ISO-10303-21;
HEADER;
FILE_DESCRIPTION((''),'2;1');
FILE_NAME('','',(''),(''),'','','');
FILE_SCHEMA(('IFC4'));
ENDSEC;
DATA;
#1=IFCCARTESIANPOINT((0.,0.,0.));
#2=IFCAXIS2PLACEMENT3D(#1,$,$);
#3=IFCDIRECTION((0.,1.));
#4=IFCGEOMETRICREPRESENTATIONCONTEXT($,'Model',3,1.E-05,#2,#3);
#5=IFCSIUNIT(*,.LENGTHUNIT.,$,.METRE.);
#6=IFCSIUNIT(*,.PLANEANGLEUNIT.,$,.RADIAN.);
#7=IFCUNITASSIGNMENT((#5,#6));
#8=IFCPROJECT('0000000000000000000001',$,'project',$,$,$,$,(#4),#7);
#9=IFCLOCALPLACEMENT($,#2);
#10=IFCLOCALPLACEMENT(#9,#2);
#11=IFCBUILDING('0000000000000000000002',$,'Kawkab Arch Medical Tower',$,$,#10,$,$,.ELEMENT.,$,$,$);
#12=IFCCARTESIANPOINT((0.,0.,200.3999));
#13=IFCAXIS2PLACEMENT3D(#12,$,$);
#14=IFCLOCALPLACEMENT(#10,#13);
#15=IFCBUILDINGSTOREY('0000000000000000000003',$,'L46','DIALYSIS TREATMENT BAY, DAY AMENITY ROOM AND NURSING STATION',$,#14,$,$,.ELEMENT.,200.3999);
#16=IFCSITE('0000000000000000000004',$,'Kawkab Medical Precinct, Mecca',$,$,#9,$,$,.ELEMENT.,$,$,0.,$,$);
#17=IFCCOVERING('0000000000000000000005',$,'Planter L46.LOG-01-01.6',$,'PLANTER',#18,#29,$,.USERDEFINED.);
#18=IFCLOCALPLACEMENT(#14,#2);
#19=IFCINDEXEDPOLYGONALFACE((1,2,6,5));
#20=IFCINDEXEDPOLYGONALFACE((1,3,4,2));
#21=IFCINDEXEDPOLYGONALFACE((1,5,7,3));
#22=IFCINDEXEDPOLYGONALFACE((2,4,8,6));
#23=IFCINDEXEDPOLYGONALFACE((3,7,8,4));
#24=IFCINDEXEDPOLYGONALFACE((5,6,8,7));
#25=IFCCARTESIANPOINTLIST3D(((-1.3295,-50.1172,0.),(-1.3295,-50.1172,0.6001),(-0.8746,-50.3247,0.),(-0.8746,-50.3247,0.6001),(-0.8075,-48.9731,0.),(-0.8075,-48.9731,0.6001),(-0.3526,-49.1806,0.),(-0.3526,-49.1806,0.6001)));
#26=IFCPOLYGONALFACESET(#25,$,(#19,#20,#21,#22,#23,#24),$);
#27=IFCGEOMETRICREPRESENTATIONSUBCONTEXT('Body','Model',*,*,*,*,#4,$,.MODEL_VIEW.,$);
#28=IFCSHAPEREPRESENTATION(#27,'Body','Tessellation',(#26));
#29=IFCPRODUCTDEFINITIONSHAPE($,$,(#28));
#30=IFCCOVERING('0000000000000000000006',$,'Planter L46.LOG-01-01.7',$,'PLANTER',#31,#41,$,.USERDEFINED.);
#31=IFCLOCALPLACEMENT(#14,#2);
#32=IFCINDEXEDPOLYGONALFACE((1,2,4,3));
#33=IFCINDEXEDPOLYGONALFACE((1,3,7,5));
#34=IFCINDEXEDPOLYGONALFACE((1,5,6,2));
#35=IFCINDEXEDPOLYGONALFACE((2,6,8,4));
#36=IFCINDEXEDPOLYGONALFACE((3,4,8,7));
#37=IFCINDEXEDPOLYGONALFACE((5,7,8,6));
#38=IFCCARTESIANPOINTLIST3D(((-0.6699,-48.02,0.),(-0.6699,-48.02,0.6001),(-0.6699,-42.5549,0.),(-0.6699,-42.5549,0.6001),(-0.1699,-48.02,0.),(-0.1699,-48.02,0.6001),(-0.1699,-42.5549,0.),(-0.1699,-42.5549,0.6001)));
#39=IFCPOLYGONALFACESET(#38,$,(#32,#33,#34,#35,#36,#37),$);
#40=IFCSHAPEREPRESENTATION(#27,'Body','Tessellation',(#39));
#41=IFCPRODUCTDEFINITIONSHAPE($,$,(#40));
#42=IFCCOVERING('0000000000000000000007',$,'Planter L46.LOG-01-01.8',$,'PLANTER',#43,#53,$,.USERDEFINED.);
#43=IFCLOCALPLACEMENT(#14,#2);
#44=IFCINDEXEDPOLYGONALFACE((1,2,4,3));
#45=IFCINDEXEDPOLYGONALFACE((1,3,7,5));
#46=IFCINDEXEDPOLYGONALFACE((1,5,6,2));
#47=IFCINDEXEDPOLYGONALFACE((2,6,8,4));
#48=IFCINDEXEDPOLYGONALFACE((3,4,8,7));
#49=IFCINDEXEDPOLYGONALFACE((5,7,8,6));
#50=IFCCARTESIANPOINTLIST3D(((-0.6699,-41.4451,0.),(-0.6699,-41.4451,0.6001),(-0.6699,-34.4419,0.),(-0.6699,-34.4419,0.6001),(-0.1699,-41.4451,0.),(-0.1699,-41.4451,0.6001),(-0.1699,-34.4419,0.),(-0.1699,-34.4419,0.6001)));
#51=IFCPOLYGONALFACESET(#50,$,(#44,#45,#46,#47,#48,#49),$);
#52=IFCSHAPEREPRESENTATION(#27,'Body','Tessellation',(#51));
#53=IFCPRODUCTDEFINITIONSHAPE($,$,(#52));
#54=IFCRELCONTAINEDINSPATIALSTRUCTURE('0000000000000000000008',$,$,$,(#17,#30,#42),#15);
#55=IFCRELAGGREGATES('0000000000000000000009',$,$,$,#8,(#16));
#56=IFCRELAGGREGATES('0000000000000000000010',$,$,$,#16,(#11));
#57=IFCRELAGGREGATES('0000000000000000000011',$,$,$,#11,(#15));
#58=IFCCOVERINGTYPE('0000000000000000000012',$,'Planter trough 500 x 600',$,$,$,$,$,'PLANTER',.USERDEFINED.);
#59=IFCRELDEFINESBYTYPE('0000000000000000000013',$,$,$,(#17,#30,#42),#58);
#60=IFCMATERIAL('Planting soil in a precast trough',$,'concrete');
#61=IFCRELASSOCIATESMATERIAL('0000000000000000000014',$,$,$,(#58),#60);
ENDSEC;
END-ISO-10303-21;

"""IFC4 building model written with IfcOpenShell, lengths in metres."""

from ifc_helpers import new_model, si_unit, direction, frame, origin, origin_2d, place, context, subcontext, project, spatial, rectangle, extrude, material, material_profile, profile_set, type_object, element, save


model = new_model("IFC4")

# Units and contexts
model_context = context("Model", 3, precision=1e-05, world=origin(), true_north=direction((0.0, 1.0)))
body_context = subcontext(model_context, "Body", "Model", "MODEL_VIEW")
ifc_project = project(units=[si_unit("LENGTHUNIT", "METRE"), si_unit("PLANEANGLEUNIT", "RADIAN")], contexts=[model_context])

# Site, building, storey
site_placement = place(None, origin())
site = spatial("IfcSite", under=ifc_project, at=site_placement, Name="Kawkab Medical Precinct, Mecca", CompositionType="ELEMENT", RefElevation=0.0)
building_placement = place(site_placement, origin())
building = spatial("IfcBuilding", under=site, at=building_placement, Name="Kawkab Arch Medical Tower", CompositionType="ELEMENT")
storey_placement = place(building_placement, frame((0.0, 0.0, 200.3999)))
storey = spatial("IfcBuildingStorey", under=building, at=storey_placement, Name="L46", Description="DIALYSIS TREATMENT BAY, DAY AMENITY ROOM AND NURSING STATION", CompositionType="ELEMENT", Elevation=200.3999)

# Coverings
ifc_material_1 = material(Name="Planting soil in a precast trough", Category="concrete")
ifc_material_profile_1 = material_profile(ifc_material_1, rectangle(XDim=0.5, YDim=0.6001, at=origin_2d()), Name="Trough 500x600")
ifc_profile_set_1 = profile_set([ifc_material_profile_1], Name="Planting soil in a precast trough")
covering_type_1 = type_object("IfcCoveringType", Name="Planter trough 500 x 600", ElementType="PLANTER", PredefinedType="USERDEFINED", material=ifc_profile_set_1)
covering_1_placement = place(storey_placement, frame((-1.1021, -50.2209, 0.3), z_axis=(0.41509, 0.90978, 0.0), x_axis=(-0.90978, 0.41509, 0.0)))
element("IfcCovering", 1, at=covering_1_placement, inside=storey, type_object=covering_type_1, Name="Planter L46.LOG-01-01.6", ObjectType="PLANTER", PredefinedType="USERDEFINED", context=body_context, shape_type="SweptSolid", body=[
    extrude(rectangle(XDim=0.5, YDim=0.6001, at=origin_2d()), origin(), (0.0, 0.0, 1.0), 1.2576),
])
covering_2_placement = place(storey_placement, frame((-0.4199, -48.02, 0.3), z_axis=(0.0, 1.0, 0.0), x_axis=(-1.0, 0.0, 0.0)))
element("IfcCovering", 2, at=covering_2_placement, inside=storey, type_object=covering_type_1, Name="Planter L46.LOG-01-01.7", ObjectType="PLANTER", PredefinedType="USERDEFINED", context=body_context, shape_type="SweptSolid", body=[
    extrude(rectangle(XDim=0.5, YDim=0.6001, at=origin_2d()), origin(), (0.0, 0.0, 1.0), 5.4651),
])
covering_3_placement = place(storey_placement, frame((-0.4199, -41.4451, 0.3), z_axis=(0.0, 1.0, 0.0), x_axis=(-1.0, 0.0, 0.0)))
element("IfcCovering", 3, at=covering_3_placement, inside=storey, type_object=covering_type_1, Name="Planter L46.LOG-01-01.8", ObjectType="PLANTER", PredefinedType="USERDEFINED", context=body_context, shape_type="SweptSolid", body=[
    extrude(rectangle(XDim=0.5, YDim=0.6001, at=origin_2d()), origin(), (0.0, 0.0, 1.0), 7.0032),
])

save(model, "model.ifc")
